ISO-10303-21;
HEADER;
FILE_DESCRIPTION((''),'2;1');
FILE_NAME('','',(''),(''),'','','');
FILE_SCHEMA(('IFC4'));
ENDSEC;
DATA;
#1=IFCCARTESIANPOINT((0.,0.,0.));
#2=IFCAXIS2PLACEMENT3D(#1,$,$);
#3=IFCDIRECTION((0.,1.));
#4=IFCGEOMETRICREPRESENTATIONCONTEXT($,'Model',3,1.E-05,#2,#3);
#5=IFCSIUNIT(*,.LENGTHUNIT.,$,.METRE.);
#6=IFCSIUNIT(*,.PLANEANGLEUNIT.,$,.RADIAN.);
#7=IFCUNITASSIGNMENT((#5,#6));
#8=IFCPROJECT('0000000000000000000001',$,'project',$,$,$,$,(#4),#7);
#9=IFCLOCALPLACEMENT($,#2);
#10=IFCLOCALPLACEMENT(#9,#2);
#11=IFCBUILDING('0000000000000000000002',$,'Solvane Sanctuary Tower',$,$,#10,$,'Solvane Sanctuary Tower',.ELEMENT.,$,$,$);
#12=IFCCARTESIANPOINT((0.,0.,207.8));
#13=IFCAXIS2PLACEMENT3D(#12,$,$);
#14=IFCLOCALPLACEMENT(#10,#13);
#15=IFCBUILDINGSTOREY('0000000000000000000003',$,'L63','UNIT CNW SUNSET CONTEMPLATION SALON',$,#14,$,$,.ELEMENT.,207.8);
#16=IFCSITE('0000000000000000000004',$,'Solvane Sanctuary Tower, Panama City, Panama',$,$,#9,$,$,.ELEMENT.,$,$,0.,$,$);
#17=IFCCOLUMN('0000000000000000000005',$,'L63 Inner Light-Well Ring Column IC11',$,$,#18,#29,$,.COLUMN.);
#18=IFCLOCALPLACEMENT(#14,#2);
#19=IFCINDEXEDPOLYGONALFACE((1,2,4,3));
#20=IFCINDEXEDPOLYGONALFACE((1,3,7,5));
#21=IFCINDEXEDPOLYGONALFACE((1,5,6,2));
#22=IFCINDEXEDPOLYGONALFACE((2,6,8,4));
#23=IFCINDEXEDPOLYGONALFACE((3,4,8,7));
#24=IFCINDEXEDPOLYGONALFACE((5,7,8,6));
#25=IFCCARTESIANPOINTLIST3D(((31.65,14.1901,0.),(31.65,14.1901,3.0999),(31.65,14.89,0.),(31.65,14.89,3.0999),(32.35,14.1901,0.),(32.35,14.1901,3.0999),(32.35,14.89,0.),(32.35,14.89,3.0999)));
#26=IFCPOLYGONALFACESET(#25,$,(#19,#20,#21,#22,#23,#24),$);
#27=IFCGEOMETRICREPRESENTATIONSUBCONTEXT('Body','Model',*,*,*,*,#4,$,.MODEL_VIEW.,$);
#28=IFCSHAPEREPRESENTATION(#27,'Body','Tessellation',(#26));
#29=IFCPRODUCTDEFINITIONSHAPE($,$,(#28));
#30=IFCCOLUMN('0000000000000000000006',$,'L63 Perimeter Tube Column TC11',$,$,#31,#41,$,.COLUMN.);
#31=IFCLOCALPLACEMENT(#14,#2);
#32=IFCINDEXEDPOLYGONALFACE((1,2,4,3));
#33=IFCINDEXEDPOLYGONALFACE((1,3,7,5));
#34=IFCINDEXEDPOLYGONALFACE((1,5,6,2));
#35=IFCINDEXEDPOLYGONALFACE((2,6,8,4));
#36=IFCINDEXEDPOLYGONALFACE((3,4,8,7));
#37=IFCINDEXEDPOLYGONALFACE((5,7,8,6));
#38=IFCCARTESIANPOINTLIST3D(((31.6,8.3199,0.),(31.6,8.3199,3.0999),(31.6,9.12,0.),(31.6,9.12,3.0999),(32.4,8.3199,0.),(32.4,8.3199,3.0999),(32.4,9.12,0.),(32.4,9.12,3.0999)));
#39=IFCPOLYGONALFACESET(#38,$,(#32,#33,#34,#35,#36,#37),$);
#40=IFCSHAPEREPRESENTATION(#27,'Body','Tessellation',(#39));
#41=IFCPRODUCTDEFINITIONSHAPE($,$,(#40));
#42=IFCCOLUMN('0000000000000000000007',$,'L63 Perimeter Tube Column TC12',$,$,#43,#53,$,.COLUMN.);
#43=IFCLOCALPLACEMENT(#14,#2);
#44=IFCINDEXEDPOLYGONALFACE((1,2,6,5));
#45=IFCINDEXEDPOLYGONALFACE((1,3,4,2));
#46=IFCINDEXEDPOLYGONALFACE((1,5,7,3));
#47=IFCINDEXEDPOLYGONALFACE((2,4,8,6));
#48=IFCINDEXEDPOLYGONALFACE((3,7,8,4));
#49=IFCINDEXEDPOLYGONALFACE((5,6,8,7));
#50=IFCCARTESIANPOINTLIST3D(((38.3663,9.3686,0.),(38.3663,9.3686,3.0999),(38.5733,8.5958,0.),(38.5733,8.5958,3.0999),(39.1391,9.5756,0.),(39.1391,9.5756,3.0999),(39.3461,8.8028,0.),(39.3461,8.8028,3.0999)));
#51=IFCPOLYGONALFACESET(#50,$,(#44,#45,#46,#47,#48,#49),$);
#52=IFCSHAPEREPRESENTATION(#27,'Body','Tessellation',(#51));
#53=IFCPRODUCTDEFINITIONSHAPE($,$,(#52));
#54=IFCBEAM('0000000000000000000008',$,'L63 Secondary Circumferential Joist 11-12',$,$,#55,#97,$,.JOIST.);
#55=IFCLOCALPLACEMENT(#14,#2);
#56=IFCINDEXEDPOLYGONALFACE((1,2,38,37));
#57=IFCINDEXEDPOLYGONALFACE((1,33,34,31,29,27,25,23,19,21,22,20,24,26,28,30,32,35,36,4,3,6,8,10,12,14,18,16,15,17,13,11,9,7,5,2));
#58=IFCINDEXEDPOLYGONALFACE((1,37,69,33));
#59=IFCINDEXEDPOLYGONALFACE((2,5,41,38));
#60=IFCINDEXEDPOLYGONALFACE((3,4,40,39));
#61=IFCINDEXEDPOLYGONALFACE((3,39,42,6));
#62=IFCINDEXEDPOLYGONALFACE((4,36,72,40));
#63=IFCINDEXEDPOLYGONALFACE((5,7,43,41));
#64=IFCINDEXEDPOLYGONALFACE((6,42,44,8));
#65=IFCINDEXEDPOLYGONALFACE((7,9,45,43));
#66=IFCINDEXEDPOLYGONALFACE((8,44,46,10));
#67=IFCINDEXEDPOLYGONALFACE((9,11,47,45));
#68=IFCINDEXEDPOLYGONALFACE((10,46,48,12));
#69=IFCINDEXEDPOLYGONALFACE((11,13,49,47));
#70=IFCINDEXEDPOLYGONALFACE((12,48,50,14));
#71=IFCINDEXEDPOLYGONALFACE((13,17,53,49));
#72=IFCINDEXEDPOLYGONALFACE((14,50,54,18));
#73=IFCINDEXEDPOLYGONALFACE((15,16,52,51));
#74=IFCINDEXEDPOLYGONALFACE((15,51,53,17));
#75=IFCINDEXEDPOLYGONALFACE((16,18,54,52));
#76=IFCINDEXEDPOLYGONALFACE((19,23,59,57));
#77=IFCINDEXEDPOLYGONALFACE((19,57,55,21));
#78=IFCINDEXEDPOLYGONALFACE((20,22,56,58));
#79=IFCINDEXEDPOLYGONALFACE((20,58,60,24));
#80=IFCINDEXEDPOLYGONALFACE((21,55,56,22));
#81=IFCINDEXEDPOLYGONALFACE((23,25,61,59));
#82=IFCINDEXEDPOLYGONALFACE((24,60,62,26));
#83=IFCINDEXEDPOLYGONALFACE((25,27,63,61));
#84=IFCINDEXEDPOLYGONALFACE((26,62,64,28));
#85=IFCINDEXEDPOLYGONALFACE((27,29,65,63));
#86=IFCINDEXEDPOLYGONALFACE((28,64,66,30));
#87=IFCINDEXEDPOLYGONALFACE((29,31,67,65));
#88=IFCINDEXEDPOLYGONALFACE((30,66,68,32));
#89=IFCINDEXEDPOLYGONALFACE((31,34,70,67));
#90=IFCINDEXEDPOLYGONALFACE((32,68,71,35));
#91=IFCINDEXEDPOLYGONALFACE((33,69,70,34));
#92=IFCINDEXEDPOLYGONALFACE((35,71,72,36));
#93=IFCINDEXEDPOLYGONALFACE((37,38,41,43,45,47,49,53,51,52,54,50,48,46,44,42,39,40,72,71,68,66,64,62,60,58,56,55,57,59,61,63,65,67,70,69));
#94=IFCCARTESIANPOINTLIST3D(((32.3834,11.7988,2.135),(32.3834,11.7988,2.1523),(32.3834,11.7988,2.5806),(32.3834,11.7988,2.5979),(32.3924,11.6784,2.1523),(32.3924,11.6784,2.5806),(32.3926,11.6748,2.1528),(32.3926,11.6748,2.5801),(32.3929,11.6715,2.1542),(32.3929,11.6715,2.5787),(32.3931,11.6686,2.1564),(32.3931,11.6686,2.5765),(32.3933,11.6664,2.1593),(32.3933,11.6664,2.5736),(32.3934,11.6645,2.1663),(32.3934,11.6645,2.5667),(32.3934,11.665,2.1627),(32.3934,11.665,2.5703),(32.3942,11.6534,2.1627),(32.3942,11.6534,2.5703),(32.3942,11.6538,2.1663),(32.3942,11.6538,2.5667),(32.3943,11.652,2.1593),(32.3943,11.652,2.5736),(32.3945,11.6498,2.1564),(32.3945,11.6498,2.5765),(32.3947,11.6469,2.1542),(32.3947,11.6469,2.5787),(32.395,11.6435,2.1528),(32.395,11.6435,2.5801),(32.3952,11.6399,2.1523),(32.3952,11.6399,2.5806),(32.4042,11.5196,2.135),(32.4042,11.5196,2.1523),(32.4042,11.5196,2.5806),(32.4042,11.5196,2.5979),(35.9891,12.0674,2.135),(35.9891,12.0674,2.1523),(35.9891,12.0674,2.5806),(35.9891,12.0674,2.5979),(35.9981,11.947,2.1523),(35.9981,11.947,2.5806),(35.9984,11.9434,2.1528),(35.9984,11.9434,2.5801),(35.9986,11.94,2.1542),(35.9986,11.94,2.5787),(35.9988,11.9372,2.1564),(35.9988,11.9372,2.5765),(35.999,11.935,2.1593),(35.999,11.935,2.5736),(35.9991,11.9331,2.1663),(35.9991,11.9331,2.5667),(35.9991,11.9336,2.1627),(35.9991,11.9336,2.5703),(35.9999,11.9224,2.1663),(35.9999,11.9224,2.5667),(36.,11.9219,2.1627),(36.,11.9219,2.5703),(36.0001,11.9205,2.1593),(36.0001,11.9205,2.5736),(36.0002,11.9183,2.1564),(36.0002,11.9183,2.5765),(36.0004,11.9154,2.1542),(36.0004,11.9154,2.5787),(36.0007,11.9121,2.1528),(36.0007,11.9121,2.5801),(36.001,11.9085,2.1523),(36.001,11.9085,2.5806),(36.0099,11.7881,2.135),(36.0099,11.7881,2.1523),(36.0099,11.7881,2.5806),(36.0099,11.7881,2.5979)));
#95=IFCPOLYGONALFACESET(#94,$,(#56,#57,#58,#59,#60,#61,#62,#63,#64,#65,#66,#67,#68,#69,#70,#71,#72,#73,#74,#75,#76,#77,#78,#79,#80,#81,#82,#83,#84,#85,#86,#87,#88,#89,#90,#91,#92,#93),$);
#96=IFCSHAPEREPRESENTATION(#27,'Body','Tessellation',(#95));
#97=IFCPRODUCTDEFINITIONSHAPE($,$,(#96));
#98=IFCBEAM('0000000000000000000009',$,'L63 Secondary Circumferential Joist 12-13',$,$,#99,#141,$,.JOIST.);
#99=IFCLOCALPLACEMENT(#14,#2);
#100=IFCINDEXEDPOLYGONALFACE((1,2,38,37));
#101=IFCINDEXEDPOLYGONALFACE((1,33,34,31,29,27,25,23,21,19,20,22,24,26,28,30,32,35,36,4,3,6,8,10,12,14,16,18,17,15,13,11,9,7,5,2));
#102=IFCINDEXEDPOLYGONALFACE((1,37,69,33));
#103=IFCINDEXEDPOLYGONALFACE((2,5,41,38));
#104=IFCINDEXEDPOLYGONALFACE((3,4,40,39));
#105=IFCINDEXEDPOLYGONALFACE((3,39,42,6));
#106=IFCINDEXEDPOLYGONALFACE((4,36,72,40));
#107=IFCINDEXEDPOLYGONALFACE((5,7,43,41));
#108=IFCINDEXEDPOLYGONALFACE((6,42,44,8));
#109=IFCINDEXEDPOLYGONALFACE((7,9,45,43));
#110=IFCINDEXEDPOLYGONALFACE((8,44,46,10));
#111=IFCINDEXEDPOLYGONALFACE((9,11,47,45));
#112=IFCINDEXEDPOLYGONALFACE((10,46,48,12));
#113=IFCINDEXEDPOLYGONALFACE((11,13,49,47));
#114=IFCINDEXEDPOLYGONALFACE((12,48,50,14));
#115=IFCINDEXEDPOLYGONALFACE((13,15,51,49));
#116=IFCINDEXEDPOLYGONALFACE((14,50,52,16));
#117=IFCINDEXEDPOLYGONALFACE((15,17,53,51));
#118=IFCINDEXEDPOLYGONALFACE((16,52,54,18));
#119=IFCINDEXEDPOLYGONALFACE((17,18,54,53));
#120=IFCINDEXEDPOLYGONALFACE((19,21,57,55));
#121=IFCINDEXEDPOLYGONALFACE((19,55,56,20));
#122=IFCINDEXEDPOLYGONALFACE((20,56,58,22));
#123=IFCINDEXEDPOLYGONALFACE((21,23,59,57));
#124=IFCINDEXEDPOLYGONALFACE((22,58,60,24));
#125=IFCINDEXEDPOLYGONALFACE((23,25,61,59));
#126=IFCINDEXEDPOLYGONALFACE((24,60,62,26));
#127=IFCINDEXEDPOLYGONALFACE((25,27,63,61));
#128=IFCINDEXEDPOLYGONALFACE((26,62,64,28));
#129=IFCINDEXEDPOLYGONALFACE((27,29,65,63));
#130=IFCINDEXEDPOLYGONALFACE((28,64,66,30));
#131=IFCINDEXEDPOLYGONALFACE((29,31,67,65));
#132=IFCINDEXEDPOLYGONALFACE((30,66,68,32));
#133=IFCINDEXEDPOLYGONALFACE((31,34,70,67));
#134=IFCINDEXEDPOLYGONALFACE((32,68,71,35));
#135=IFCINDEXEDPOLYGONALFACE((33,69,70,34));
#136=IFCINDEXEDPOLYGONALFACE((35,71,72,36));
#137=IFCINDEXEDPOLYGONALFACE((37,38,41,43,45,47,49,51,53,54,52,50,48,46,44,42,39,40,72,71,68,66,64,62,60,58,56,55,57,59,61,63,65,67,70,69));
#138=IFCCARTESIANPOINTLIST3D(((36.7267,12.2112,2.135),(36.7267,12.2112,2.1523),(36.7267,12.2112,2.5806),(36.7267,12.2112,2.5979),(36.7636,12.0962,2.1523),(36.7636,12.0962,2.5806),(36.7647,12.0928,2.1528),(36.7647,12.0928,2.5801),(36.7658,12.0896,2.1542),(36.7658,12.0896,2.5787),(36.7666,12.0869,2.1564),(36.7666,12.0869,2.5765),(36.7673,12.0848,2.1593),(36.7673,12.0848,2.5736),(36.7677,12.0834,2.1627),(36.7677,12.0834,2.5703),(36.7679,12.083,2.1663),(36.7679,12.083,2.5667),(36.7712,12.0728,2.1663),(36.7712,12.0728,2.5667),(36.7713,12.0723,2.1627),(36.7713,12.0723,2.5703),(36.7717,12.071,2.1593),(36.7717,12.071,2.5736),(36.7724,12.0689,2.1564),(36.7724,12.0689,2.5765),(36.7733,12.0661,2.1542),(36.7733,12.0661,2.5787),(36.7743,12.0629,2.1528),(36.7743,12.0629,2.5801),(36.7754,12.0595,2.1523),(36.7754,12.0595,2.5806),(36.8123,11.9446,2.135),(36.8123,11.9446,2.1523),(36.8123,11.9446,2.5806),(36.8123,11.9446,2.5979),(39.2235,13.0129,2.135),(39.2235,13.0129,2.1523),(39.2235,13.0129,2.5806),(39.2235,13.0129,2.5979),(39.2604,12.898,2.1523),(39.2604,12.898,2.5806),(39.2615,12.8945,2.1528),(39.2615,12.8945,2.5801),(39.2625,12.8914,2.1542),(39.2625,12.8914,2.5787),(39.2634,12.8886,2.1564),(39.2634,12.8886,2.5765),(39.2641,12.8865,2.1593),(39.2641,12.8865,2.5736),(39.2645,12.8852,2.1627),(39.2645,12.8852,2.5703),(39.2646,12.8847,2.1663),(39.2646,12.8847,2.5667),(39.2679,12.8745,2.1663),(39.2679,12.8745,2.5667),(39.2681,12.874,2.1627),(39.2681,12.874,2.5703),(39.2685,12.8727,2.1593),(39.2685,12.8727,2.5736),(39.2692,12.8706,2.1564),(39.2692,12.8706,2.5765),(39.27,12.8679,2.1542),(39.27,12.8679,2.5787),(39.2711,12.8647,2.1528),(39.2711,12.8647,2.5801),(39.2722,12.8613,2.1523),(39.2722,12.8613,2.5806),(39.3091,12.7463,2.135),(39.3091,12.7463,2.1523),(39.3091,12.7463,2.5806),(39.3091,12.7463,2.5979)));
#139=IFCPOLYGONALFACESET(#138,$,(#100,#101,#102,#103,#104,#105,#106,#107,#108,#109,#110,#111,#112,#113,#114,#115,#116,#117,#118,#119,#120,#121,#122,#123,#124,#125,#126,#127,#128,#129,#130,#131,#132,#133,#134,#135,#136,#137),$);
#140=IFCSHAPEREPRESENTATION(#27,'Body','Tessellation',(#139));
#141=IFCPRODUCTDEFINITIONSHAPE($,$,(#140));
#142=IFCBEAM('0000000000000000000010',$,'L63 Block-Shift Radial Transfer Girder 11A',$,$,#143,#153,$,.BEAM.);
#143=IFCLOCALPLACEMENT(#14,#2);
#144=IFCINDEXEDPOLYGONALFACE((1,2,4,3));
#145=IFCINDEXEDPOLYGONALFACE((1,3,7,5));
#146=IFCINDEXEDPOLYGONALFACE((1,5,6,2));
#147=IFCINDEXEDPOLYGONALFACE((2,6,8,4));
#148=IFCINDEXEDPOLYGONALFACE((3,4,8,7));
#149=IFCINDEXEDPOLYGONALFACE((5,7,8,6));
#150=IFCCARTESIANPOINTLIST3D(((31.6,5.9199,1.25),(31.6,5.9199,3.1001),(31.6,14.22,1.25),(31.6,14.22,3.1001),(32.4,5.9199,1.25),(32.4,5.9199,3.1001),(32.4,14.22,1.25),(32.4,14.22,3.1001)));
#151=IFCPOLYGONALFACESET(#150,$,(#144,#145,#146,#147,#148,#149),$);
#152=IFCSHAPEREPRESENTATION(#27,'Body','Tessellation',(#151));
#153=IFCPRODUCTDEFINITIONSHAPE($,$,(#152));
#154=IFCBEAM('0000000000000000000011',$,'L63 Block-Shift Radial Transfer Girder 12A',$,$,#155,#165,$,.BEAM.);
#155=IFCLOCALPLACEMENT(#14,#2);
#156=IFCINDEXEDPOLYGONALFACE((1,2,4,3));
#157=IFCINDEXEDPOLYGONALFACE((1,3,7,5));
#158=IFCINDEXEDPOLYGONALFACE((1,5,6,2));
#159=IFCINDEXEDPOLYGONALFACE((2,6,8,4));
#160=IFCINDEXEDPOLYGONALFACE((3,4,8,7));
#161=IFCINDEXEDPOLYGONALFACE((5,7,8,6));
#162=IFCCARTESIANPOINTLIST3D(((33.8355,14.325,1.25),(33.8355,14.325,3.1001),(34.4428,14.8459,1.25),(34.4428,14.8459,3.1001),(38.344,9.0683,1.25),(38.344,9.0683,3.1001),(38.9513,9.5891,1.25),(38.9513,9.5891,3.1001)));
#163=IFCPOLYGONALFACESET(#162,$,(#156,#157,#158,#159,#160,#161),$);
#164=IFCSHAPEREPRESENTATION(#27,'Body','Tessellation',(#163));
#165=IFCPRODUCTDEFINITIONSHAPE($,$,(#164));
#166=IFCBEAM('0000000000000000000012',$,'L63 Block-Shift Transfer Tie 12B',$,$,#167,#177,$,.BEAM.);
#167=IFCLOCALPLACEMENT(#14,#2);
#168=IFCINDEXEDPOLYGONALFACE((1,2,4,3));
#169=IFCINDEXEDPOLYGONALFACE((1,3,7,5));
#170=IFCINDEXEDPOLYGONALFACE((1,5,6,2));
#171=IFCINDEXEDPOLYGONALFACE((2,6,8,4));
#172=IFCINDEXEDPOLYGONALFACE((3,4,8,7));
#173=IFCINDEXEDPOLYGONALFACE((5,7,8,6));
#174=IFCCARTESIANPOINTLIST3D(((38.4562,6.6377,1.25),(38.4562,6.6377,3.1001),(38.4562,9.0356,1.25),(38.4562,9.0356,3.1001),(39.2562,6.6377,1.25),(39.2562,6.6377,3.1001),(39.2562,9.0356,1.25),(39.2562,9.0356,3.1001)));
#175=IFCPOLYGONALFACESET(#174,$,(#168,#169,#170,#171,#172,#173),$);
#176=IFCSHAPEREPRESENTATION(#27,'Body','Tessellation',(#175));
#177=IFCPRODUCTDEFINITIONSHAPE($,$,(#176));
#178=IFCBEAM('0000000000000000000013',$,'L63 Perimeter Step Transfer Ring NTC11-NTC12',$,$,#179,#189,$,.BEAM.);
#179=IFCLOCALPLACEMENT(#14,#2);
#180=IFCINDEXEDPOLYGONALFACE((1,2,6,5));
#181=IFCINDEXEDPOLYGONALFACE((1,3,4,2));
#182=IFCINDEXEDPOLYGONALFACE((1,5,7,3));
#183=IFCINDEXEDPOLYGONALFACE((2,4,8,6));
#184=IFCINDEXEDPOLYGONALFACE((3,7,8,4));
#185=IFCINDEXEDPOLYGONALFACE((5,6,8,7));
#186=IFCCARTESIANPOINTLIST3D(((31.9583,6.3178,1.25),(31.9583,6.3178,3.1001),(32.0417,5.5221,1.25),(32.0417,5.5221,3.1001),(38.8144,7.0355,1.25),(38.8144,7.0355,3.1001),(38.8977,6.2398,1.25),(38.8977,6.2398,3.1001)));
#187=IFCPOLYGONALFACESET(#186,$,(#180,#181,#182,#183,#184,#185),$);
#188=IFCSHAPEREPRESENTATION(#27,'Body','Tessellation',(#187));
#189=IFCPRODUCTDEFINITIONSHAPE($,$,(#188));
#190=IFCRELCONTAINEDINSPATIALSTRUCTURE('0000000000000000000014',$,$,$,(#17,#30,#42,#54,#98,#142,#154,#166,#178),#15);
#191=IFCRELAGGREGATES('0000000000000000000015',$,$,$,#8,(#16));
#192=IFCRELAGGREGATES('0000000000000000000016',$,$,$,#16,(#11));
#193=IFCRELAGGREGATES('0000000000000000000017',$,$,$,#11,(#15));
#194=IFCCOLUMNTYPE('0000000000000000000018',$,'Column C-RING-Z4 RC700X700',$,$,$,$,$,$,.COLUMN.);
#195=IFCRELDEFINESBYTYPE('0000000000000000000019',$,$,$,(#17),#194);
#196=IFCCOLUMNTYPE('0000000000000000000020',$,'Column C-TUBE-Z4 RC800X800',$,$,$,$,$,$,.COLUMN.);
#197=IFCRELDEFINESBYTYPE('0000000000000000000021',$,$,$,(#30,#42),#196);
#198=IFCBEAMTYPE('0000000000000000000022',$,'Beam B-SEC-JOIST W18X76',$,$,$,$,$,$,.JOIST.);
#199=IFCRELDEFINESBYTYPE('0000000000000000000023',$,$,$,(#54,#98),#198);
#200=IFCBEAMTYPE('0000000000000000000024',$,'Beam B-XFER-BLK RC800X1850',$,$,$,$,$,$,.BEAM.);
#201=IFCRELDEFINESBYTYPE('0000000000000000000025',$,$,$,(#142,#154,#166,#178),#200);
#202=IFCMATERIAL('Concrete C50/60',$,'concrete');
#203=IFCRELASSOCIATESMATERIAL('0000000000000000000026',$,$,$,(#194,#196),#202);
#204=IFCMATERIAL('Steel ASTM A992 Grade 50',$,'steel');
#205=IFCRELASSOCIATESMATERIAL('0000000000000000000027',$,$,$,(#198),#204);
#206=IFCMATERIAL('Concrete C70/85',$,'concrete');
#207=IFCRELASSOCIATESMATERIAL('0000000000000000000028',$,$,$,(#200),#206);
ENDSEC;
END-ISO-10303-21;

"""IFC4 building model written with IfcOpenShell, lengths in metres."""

from ifc_helpers import new_model, si_unit, direction, frame, origin, origin_2d, place, context, subcontext, project, spatial, rectangle, i_section, extrude, material, material_profile, profile_set, type_object, element, save


model = new_model("IFC4")

# Units and contexts
model_context = context("Model", 3, precision=1e-05, world=origin(), true_north=direction((0.0, 1.0)))
body_context = subcontext(model_context, "Body", "Model", "MODEL_VIEW")
ifc_project = project(units=[si_unit("LENGTHUNIT", "METRE"), si_unit("PLANEANGLEUNIT", "RADIAN")], contexts=[model_context])

# Site, building, storey
site_placement = place(None, origin())
site = spatial("IfcSite", under=ifc_project, at=site_placement, Name="Solvane Sanctuary Tower, Panama City, Panama", CompositionType="ELEMENT", RefElevation=0.0)
building_placement = place(site_placement, origin())
building = spatial("IfcBuilding", under=site, at=building_placement, Name="Solvane Sanctuary Tower", LongName="Solvane Sanctuary Tower", CompositionType="ELEMENT")
storey_placement = place(building_placement, frame((0.0, 0.0, 207.8)))
storey = spatial("IfcBuildingStorey", under=building, at=storey_placement, Name="L63", Description="UNIT CNW SUNSET CONTEMPLATION SALON", CompositionType="ELEMENT", Elevation=207.8)

# Columns
ifc_material_1 = material(Name="Concrete C50/60", Category="concrete")
ifc_material_profile_1 = material_profile(ifc_material_1, rectangle(XDim=0.7, YDim=0.7, at=origin_2d()), Name="RC700X700")
ifc_profile_set_1 = profile_set([ifc_material_profile_1], Name="Concrete C50/60")
column_type_1 = type_object("IfcColumnType", Name="Column C-RING-Z4 RC700X700", PredefinedType="COLUMN", material=ifc_profile_set_1)
column_placement = place(storey_placement, frame((32.0, 14.54, 0.0), z_axis=(0.0, 0.0, 1.0), x_axis=(1.0, 0.0, 0.0)))
element("IfcColumn", 1, at=column_placement, inside=storey, type_object=column_type_1, Name="L63 Inner Light-Well Ring Column IC11", PredefinedType="COLUMN", context=body_context, shape_type="SweptSolid", body=[
    extrude(rectangle(XDim=0.7, YDim=0.7, at=origin_2d()), origin(), (0.0, 0.0, 1.0), 3.0999),
])
ifc_material_profile_2 = material_profile(ifc_material_1, rectangle(XDim=0.8, YDim=0.8, at=origin_2d()), Name="RC800X800")
ifc_profile_set_2 = profile_set([ifc_material_profile_2], Name="Concrete C50/60")
column_type_2 = type_object("IfcColumnType", Name="Column C-TUBE-Z4 RC800X800", PredefinedType="COLUMN", material=ifc_profile_set_2)
for number, where, z_axis, x_axis, name in (
    (2, (32.0, 8.72, 0.0), (0.0, 0.0, 1.0), (0.0, -1.0, 0.0), "L63 Perimeter Tube Column TC11"),
    (3, (38.8562, 9.0857, 0.0), (0.0, 0.0, 1.0), (0.258819, -0.965926, 0.0), "L63 Perimeter Tube Column TC12"),
):
    element("IfcColumn", number, at=place(storey_placement, frame(where, z_axis=z_axis, x_axis=x_axis)), inside=storey, type_object=column_type_2, Name=name, PredefinedType="COLUMN", context=body_context, shape_type="SweptSolid", body=[
        extrude(rectangle(XDim=0.8, YDim=0.8, at=origin_2d()), origin(), (0.0, 0.0, 1.0), 3.0999),
    ])

# Beams
ifc_material_2 = material(Name="Steel ASTM A992 Grade 50", Category="steel")
ifc_material_profile_3 = material_profile(ifc_material_2, i_section(OverallWidth=0.28, OverallDepth=0.4629, WebThickness=0.0107, FlangeThickness=0.0173, FilletRadius=0.0139, at=origin_2d()), Name="W18X76")
ifc_profile_set_3 = profile_set([ifc_material_profile_3], Name="Steel ASTM A992 Grade 50")
beam_type_1 = type_object("IfcBeamType", Name="Beam B-SEC-JOIST W18X76", PredefinedType="JOIST", material=ifc_profile_set_3)
beam_1_placement = place(storey_placement, frame((32.3938, 11.6592, 2.3665), z_axis=(0.997238, 0.074275, 0.0), x_axis=(-0.074275, 0.997238, 0.0)))
element("IfcBeam", 4, at=beam_1_placement, inside=storey, type_object=beam_type_1, Name="L63 Secondary Circumferential Joist 11-12", PredefinedType="JOIST", context=body_context, shape_type="SweptSolid", body=[
    extrude(i_section(OverallWidth=0.28, OverallDepth=0.4629, WebThickness=0.0107, FlangeThickness=0.0173, FilletRadius=0.0139, at=origin_2d()), origin(), (0.0, 0.0, 1.0), 3.6157),
])
beam_2_placement = place(storey_placement, frame((36.7695, 12.0779, 2.3665), z_axis=(0.952117, 0.305735, 0.0), x_axis=(-0.305735, 0.952117, 0.0)))
element("IfcBeam", 5, at=beam_2_placement, inside=storey, type_object=beam_type_1, Name="L63 Secondary Circumferential Joist 12-13", PredefinedType="JOIST", context=body_context, shape_type="SweptSolid", body=[
    extrude(i_section(OverallWidth=0.28, OverallDepth=0.4629, WebThickness=0.0107, FlangeThickness=0.0173, FilletRadius=0.0139, at=origin_2d()), origin(), (0.0, 0.0, 1.0), 2.6223),
])
ifc_material_3 = material(Name="Concrete C70/85", Category="concrete")
ifc_material_profile_4 = material_profile(ifc_material_3, rectangle(XDim=0.8, YDim=1.8501, at=origin_2d()), Name="RC800X1850")
ifc_profile_set_4 = profile_set([ifc_material_profile_4], Name="Concrete C70/85")
beam_type_2 = type_object("IfcBeamType", Name="Beam B-XFER-BLK RC800X1850", PredefinedType="BEAM", material=ifc_profile_set_4)
beam_3_placement = place(storey_placement, frame((32.0, 14.22, 2.175), z_axis=(0.0, -1.0, 0.0), x_axis=(1.0, 0.0, 0.0)))
element("IfcBeam", 6, at=beam_3_placement, inside=storey, type_object=beam_type_2, Name="L63 Block-Shift Radial Transfer Girder 11A", PredefinedType="BEAM", context=body_context, shape_type="SweptSolid", body=[
    extrude(rectangle(XDim=0.8, YDim=1.8501, at=origin_2d()), origin(), (0.0, 0.0, 1.0), 8.3),
])
beam_4_placement = place(storey_placement, frame((34.1392, 14.5854, 2.175), z_axis=(0.651015, -0.759065, 0.0), x_axis=(0.759065, 0.651015, 0.0)))
element("IfcBeam", 7, at=beam_4_placement, inside=storey, type_object=beam_type_2, Name="L63 Block-Shift Radial Transfer Girder 12A", PredefinedType="BEAM", context=body_context, shape_type="SweptSolid", body=[
    extrude(rectangle(XDim=0.8, YDim=1.8501, at=origin_2d()), origin(), (0.0, 0.0, 1.0), 6.9253),
])
beam_5_placement = place(storey_placement, frame((38.8562, 9.0356, 2.175), z_axis=(0.0, -1.0, 0.0), x_axis=(1.0, 0.0, 0.0)))
element("IfcBeam", 8, at=beam_5_placement, inside=storey, type_object=beam_type_2, Name="L63 Block-Shift Transfer Tie 12B", PredefinedType="BEAM", context=body_context, shape_type="SweptSolid", body=[
    extrude(rectangle(XDim=0.8, YDim=1.8501, at=origin_2d()), origin(), (0.0, 0.0, 1.0), 2.3979),
])
beam_6_placement = place(storey_placement, frame((32.0, 5.9199, 2.175), z_axis=(0.994565, 0.104121, 0.0), x_axis=(-0.104121, 0.994565, 0.0)))
element("IfcBeam", 9, at=beam_6_placement, inside=storey, type_object=beam_type_2, Name="L63 Perimeter Step Transfer Ring NTC11-NTC12", PredefinedType="BEAM", context=body_context, shape_type="SweptSolid", body=[
    extrude(rectangle(XDim=0.8, YDim=1.8501, at=origin_2d()), origin(), (0.0, 0.0, 1.0), 6.8936),
])

save(model, "model.ifc")
